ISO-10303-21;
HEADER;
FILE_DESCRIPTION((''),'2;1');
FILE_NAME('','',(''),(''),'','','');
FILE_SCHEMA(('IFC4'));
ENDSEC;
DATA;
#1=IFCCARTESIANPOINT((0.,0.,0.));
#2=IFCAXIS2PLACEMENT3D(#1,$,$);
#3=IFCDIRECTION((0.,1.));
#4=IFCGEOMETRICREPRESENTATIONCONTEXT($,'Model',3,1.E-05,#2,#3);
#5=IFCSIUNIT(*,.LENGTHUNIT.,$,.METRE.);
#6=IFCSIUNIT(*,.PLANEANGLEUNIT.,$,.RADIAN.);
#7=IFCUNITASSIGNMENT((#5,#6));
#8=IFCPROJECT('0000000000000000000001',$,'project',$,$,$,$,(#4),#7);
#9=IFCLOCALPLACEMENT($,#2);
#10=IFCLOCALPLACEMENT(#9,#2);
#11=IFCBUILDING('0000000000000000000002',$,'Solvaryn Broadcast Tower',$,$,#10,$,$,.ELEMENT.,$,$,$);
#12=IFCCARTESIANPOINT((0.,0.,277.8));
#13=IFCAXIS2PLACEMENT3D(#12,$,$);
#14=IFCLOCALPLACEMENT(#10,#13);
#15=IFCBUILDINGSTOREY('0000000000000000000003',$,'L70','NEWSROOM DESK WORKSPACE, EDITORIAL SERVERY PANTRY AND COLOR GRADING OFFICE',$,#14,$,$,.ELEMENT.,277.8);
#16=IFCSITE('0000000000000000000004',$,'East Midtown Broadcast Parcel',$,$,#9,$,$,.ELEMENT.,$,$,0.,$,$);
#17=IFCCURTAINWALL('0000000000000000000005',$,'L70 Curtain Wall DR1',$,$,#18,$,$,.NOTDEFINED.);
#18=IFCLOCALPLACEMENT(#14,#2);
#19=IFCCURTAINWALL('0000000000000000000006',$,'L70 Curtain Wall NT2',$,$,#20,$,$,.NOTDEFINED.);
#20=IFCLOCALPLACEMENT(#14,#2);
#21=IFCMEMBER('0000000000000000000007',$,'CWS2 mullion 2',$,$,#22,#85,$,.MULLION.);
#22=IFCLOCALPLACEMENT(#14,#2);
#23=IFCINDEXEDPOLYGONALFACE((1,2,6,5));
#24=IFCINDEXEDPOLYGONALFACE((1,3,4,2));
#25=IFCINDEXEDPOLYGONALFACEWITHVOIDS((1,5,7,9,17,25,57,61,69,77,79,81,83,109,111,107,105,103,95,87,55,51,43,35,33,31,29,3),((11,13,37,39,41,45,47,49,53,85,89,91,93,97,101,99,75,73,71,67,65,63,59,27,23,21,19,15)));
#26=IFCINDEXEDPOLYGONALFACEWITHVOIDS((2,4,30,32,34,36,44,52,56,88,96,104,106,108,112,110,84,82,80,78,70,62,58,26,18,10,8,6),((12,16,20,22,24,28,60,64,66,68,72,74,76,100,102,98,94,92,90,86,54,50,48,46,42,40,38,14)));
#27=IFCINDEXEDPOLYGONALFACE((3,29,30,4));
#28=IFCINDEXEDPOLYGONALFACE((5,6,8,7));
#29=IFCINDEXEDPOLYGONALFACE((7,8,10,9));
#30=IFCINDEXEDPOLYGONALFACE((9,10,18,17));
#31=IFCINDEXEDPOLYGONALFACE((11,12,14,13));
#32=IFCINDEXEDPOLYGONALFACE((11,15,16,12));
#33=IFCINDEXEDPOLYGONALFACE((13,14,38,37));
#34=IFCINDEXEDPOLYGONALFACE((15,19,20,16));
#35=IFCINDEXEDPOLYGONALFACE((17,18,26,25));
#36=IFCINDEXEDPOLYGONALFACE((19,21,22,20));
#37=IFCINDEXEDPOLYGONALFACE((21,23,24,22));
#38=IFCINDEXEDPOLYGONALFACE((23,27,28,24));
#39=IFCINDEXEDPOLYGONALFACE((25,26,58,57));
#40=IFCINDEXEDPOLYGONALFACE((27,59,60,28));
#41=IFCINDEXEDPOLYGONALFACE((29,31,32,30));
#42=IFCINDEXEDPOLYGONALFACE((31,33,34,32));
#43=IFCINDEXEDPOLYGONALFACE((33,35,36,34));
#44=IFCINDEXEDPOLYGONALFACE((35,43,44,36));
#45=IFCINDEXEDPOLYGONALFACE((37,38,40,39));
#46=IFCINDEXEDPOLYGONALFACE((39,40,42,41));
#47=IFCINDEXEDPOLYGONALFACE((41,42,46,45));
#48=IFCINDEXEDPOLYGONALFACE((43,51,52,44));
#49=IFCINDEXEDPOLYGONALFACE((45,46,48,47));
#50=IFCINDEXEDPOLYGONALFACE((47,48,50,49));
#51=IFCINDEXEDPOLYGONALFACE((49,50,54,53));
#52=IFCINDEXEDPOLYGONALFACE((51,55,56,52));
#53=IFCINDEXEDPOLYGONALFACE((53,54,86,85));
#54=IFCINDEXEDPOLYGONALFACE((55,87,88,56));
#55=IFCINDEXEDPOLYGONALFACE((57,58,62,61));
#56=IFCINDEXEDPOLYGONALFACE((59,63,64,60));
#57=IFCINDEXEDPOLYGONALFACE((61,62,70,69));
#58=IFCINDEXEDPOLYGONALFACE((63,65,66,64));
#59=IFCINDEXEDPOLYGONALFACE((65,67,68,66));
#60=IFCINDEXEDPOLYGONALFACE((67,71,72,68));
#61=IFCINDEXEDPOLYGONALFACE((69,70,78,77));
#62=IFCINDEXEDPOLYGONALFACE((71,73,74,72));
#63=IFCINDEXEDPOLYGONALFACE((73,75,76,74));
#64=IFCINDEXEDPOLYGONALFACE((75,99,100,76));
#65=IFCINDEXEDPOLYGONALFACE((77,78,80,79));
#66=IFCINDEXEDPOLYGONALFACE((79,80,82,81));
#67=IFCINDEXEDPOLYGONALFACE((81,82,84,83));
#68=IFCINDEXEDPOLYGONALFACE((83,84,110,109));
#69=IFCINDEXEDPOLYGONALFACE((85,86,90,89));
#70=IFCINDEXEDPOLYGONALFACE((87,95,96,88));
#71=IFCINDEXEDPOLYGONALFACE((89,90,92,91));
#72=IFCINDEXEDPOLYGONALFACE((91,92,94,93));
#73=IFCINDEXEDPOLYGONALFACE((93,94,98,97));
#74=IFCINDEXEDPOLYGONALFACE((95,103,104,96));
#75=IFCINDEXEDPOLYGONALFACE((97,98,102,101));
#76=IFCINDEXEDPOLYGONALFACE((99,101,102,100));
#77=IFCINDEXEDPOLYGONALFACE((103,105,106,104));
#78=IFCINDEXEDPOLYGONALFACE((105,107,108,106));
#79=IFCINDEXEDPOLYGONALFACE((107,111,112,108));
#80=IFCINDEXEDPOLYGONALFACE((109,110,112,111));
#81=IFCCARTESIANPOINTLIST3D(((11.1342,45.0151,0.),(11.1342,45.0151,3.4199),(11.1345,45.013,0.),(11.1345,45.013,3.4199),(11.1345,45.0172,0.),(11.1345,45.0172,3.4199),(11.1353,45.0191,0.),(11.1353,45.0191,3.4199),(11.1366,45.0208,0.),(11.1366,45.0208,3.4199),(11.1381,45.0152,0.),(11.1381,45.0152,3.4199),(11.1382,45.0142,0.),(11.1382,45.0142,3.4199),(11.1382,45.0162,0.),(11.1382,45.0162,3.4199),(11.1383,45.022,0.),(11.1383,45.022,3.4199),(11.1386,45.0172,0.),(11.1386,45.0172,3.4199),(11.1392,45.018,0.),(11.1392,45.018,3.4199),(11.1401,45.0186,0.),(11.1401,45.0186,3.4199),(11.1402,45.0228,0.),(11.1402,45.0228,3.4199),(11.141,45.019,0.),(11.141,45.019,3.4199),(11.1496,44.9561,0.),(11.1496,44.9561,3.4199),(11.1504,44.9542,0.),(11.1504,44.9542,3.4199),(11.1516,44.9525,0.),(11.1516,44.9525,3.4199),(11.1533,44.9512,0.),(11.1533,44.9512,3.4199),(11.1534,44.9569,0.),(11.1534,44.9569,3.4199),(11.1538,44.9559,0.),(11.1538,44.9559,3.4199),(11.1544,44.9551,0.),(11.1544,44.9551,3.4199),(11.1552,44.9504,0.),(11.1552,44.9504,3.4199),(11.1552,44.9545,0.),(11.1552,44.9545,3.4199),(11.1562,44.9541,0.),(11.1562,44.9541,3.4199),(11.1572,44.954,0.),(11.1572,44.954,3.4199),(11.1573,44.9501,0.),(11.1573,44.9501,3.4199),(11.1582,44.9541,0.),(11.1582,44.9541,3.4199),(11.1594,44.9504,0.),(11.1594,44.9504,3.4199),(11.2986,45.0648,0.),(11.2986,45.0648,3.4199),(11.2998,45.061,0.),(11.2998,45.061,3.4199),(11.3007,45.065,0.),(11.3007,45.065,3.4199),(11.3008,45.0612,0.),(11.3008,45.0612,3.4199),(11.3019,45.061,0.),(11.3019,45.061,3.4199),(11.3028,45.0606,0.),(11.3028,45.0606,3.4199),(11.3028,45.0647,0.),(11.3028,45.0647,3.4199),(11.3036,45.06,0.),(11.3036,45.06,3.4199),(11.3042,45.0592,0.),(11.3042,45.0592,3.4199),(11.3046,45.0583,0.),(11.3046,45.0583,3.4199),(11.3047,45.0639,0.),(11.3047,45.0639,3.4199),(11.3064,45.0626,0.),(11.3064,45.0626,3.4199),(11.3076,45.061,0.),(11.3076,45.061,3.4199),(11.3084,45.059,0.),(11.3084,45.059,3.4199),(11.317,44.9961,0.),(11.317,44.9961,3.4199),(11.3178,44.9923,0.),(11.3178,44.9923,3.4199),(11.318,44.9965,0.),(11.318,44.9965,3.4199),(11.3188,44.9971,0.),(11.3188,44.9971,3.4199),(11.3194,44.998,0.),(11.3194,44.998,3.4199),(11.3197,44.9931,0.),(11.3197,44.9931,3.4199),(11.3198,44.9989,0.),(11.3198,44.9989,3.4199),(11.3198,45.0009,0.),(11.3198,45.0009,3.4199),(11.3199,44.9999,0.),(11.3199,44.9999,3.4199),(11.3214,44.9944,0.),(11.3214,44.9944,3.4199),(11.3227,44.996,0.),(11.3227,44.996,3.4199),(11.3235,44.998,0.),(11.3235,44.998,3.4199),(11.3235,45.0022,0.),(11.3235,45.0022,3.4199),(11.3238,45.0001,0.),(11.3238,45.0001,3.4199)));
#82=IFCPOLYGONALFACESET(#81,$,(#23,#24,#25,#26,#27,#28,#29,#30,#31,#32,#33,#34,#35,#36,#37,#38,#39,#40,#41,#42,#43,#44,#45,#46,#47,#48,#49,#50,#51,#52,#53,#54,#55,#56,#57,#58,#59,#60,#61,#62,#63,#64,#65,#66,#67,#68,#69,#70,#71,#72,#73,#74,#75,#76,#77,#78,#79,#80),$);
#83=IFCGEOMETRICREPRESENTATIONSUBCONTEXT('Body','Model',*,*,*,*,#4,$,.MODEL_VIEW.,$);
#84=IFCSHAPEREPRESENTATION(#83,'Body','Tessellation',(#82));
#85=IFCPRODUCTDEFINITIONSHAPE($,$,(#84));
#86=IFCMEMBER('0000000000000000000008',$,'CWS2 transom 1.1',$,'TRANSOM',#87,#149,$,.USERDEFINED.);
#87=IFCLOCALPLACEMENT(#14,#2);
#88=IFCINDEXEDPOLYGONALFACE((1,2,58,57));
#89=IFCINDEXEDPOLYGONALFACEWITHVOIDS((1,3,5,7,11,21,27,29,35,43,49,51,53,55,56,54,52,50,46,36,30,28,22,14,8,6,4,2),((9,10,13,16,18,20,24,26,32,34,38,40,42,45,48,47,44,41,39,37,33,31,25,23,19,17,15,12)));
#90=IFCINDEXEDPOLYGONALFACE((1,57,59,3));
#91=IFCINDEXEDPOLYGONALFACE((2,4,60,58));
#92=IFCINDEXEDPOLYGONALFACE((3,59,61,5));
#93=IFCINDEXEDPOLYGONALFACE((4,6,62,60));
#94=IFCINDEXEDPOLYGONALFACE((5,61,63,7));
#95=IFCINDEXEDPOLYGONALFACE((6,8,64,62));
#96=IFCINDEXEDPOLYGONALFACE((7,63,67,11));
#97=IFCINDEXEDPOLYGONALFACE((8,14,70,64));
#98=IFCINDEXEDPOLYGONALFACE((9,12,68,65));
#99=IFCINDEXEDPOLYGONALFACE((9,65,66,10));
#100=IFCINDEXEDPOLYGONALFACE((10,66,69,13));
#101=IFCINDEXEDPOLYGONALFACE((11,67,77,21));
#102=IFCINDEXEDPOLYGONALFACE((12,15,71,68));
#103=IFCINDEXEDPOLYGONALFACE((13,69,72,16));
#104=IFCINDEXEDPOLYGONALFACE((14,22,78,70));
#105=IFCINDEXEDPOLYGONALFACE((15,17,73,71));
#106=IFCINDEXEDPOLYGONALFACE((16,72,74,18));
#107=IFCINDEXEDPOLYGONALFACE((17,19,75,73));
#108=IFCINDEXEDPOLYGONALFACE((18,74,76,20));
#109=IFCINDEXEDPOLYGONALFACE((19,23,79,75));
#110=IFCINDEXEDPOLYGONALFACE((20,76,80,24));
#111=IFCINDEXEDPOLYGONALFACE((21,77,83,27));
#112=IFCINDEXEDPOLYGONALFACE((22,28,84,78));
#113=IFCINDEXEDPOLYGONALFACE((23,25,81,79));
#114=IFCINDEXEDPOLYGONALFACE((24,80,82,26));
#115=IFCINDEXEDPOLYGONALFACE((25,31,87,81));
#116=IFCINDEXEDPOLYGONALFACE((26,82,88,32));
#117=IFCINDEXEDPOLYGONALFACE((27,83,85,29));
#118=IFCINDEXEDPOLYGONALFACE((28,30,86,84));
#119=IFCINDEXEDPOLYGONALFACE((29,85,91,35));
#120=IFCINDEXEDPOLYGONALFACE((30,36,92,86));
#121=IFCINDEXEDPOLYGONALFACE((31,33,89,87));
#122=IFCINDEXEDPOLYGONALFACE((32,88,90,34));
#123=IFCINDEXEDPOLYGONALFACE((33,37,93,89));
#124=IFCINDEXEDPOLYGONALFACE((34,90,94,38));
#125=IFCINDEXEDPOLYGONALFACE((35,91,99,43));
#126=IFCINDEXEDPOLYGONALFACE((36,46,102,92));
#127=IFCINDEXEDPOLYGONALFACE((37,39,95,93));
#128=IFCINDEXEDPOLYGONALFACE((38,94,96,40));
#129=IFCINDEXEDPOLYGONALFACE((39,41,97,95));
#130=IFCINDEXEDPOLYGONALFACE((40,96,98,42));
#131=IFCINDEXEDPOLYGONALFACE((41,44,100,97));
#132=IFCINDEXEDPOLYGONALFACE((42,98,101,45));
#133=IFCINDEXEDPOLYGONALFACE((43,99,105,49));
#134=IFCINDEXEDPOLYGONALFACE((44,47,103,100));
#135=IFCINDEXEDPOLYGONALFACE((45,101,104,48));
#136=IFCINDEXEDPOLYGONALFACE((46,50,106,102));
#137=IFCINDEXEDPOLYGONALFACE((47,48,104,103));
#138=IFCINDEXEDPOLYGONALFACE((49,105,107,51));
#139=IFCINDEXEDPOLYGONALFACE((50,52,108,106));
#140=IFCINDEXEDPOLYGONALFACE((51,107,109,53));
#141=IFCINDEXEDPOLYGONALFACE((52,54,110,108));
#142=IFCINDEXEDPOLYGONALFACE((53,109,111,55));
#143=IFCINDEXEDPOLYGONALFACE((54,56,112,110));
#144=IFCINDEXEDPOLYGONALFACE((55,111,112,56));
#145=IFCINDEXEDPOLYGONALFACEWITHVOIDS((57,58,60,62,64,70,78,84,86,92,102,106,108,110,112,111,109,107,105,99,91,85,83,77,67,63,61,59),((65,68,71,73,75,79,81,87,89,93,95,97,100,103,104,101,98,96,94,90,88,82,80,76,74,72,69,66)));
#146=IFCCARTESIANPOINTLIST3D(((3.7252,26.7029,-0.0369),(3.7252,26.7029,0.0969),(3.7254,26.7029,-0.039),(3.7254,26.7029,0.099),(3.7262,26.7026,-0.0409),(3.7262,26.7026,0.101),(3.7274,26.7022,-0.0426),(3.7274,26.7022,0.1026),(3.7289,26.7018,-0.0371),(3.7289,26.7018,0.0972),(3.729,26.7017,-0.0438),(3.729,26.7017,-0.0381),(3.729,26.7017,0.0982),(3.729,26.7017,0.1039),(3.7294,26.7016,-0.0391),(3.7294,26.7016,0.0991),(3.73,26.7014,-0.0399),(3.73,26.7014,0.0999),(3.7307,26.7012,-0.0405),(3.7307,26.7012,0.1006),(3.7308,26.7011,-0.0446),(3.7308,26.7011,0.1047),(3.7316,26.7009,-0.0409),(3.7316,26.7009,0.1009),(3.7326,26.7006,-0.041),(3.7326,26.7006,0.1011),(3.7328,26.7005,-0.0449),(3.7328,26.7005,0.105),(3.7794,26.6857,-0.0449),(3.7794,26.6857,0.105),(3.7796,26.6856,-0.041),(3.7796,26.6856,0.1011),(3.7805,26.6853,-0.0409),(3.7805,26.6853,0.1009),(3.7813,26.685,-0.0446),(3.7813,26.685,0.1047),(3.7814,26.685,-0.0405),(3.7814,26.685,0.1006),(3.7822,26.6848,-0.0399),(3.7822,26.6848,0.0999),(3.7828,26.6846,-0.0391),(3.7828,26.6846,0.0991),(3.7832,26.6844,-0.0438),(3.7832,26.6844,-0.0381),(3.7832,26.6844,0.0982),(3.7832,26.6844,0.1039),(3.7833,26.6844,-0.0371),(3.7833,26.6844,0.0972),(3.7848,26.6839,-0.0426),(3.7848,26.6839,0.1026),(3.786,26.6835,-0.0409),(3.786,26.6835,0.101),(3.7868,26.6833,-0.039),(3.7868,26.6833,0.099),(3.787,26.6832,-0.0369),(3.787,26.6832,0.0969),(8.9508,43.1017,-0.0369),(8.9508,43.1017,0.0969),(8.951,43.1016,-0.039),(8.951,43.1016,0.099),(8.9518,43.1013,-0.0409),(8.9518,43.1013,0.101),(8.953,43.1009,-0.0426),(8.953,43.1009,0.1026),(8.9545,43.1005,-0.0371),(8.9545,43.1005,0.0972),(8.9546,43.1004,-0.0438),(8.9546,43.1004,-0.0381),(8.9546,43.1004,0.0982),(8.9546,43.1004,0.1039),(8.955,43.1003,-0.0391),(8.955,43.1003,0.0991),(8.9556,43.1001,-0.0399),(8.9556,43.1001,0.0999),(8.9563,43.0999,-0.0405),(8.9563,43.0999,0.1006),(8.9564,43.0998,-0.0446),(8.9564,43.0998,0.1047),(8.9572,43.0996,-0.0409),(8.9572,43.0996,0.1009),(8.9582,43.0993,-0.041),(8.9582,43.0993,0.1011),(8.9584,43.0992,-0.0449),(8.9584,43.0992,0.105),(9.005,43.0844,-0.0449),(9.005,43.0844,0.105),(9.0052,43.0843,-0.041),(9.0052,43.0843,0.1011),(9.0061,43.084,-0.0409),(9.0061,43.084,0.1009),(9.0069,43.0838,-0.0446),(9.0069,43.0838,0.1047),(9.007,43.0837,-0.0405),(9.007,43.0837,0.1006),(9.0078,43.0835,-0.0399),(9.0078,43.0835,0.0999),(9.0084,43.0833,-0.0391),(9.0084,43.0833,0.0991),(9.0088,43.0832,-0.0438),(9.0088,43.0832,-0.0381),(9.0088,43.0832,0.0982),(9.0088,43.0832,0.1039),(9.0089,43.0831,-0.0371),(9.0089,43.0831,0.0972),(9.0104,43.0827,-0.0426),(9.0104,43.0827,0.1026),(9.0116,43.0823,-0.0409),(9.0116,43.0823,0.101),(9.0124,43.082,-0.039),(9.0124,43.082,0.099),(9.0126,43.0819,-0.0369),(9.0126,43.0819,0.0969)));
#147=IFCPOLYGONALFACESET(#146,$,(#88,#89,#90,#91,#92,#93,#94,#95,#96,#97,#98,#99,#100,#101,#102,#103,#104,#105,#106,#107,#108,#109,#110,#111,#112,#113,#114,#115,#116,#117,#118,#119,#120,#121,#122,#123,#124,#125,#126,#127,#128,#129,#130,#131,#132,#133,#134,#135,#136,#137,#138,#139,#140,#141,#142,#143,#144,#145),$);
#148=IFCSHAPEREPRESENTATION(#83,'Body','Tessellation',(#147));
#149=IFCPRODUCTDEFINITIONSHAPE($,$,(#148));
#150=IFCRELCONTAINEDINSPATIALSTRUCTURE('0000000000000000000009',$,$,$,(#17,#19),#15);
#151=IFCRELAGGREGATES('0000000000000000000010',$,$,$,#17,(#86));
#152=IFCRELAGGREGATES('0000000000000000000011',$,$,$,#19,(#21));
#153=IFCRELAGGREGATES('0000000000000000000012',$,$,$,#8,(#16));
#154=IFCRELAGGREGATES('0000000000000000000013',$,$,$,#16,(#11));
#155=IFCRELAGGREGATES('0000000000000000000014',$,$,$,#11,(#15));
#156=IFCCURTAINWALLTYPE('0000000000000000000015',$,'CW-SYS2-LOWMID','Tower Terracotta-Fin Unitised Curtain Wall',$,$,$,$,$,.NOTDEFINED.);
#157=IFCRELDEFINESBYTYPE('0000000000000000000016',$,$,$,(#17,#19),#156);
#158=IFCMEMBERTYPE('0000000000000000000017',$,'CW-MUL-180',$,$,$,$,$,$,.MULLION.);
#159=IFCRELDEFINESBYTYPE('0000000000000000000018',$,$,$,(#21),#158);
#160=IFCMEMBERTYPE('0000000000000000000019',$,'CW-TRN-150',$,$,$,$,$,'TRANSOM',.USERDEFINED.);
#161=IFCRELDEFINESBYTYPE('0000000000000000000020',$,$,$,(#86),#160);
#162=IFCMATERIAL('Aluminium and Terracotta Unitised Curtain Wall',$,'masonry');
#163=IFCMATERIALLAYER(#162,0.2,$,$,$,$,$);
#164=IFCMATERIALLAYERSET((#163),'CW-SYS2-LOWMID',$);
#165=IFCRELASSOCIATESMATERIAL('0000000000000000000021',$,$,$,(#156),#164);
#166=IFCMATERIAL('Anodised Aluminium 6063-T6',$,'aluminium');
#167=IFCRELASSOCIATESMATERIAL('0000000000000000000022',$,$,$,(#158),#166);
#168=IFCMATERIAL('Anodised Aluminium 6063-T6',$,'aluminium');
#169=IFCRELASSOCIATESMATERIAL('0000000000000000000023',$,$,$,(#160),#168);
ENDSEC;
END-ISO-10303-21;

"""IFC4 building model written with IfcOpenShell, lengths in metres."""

from ifc_helpers import new_model, si_unit, direction, frame, origin, origin_2d, place, context, subcontext, project, spatial, hollow_rectangle, extrude, material, layer, layer_set, material_profile, profile_set, type_object, element, aggregate, save


model = new_model("IFC4")

# Units and contexts
model_context = context("Model", 3, precision=1e-05, world=origin(), true_north=direction((0.0, 1.0)))
body_context = subcontext(model_context, "Body", "Model", "MODEL_VIEW")
ifc_project = project(units=[si_unit("LENGTHUNIT", "METRE"), si_unit("PLANEANGLEUNIT", "RADIAN")], contexts=[model_context])

# Site, building, storey
site_placement = place(None, origin())
site = spatial("IfcSite", under=ifc_project, at=site_placement, Name="East Midtown Broadcast Parcel", CompositionType="ELEMENT", RefElevation=0.0)
building_placement = place(site_placement, origin())
building = spatial("IfcBuilding", under=site, at=building_placement, Name="Solvaryn Broadcast Tower", CompositionType="ELEMENT")
storey_placement = place(building_placement, frame((0.0, 0.0, 277.8)))
storey = spatial("IfcBuildingStorey", under=building, at=storey_placement, Name="L70", Description="NEWSROOM DESK WORKSPACE, EDITORIAL SERVERY PANTRY AND COLOR GRADING OFFICE", CompositionType="ELEMENT", Elevation=277.8)

# Curtain walls, member
ifc_material_1 = material(Name="Aluminium and Terracotta Unitised Curtain Wall", Category="masonry")
ifc_layer_1 = layer(ifc_material_1, 0.2)
ifc_layer_set_1 = layer_set([ifc_layer_1], Name="CW-SYS2-LOWMID")
curtain_wall_type = type_object("IfcCurtainWallType", Name="CW-SYS2-LOWMID", Description="Tower Terracotta-Fin Unitised Curtain Wall", PredefinedType="NOTDEFINED", material=ifc_layer_set_1)
curtain_wall_1_placement = place(storey_placement, origin())
curtain_wall_1 = element("IfcCurtainWall", 1, at=curtain_wall_1_placement, inside=storey, type_object=curtain_wall_type, Name="L70 Curtain Wall DR1", PredefinedType="NOTDEFINED")
ifc_material_2 = material(Name="Anodised Aluminium 6063-T6", Category="aluminium")
ifc_material_profile_1 = material_profile(ifc_material_2, hollow_rectangle(XDim=0.075, YDim=0.1799, WallThickness=0.0039, InnerFilletRadius=0.0039, OuterFilletRadius=0.0081, at=origin_2d()))
ifc_profile_set_1 = profile_set([ifc_material_profile_1], Name="Anodised Aluminium 6063-T6")
member_type_1 = type_object("IfcMemberType", Name="CW-MUL-180", PredefinedType="MULLION", material=ifc_profile_set_1)
curtain_wall_2_placement = place(storey_placement, origin())
curtain_wall_2 = element("IfcCurtainWall", 2, at=curtain_wall_2_placement, inside=storey, type_object=curtain_wall_type, Name="L70 Curtain Wall NT2", PredefinedType="NOTDEFINED")
member_1_placement = place(storey_placement, frame((11.229, 45.0076, 0.0), z_axis=(0.0, 0.0, 1.0), x_axis=(0.255893, -0.966705, 0.0)))
member_1 = element("IfcMember", 3, at=member_1_placement, type_object=member_type_1, Name="CWS2 mullion 2", PredefinedType="MULLION", context=body_context, shape_type="SweptSolid", body=[
    extrude(hollow_rectangle(XDim=0.075, YDim=0.1799, WallThickness=0.0039, InnerFilletRadius=0.0039, OuterFilletRadius=0.0081, at=origin_2d()), origin(), (0.0, 0.0, 1.0), 3.4199),
])

# Member
ifc_material_3 = material(Name="Anodised Aluminium 6063-T6", Category="aluminium")
ifc_material_profile_2 = material_profile(ifc_material_3, hollow_rectangle(XDim=0.0649, YDim=0.1499, WallThickness=0.0039, InnerFilletRadius=0.0039, OuterFilletRadius=0.0081, at=origin_2d()))
ifc_profile_set_2 = profile_set([ifc_material_profile_2], Name="Anodised Aluminium 6063-T6")
member_type_2 = type_object("IfcMemberType", Name="CW-TRN-150", ElementType="TRANSOM", PredefinedType="USERDEFINED", material=ifc_profile_set_2)
member_2_placement = place(storey_placement, frame((8.9817, 43.0918, 0.03), z_axis=(-0.303616, -0.952794, 0.0), x_axis=(0.952794, -0.303616, 0.0)))
member_2 = element("IfcMember", 4, at=member_2_placement, type_object=member_type_2, Name="CWS2 transom 1.1", ObjectType="TRANSOM", PredefinedType="USERDEFINED", context=body_context, shape_type="SweptSolid", body=[
    extrude(hollow_rectangle(XDim=0.0649, YDim=0.1499, WallThickness=0.0039, InnerFilletRadius=0.0039, OuterFilletRadius=0.0081, at=origin_2d()), origin(), (0.0, 0.0, 1.0), 17.2112),
])

aggregate(curtain_wall_1, [member_2])
aggregate(curtain_wall_2, [member_1])

save(model, "model.ifc")
